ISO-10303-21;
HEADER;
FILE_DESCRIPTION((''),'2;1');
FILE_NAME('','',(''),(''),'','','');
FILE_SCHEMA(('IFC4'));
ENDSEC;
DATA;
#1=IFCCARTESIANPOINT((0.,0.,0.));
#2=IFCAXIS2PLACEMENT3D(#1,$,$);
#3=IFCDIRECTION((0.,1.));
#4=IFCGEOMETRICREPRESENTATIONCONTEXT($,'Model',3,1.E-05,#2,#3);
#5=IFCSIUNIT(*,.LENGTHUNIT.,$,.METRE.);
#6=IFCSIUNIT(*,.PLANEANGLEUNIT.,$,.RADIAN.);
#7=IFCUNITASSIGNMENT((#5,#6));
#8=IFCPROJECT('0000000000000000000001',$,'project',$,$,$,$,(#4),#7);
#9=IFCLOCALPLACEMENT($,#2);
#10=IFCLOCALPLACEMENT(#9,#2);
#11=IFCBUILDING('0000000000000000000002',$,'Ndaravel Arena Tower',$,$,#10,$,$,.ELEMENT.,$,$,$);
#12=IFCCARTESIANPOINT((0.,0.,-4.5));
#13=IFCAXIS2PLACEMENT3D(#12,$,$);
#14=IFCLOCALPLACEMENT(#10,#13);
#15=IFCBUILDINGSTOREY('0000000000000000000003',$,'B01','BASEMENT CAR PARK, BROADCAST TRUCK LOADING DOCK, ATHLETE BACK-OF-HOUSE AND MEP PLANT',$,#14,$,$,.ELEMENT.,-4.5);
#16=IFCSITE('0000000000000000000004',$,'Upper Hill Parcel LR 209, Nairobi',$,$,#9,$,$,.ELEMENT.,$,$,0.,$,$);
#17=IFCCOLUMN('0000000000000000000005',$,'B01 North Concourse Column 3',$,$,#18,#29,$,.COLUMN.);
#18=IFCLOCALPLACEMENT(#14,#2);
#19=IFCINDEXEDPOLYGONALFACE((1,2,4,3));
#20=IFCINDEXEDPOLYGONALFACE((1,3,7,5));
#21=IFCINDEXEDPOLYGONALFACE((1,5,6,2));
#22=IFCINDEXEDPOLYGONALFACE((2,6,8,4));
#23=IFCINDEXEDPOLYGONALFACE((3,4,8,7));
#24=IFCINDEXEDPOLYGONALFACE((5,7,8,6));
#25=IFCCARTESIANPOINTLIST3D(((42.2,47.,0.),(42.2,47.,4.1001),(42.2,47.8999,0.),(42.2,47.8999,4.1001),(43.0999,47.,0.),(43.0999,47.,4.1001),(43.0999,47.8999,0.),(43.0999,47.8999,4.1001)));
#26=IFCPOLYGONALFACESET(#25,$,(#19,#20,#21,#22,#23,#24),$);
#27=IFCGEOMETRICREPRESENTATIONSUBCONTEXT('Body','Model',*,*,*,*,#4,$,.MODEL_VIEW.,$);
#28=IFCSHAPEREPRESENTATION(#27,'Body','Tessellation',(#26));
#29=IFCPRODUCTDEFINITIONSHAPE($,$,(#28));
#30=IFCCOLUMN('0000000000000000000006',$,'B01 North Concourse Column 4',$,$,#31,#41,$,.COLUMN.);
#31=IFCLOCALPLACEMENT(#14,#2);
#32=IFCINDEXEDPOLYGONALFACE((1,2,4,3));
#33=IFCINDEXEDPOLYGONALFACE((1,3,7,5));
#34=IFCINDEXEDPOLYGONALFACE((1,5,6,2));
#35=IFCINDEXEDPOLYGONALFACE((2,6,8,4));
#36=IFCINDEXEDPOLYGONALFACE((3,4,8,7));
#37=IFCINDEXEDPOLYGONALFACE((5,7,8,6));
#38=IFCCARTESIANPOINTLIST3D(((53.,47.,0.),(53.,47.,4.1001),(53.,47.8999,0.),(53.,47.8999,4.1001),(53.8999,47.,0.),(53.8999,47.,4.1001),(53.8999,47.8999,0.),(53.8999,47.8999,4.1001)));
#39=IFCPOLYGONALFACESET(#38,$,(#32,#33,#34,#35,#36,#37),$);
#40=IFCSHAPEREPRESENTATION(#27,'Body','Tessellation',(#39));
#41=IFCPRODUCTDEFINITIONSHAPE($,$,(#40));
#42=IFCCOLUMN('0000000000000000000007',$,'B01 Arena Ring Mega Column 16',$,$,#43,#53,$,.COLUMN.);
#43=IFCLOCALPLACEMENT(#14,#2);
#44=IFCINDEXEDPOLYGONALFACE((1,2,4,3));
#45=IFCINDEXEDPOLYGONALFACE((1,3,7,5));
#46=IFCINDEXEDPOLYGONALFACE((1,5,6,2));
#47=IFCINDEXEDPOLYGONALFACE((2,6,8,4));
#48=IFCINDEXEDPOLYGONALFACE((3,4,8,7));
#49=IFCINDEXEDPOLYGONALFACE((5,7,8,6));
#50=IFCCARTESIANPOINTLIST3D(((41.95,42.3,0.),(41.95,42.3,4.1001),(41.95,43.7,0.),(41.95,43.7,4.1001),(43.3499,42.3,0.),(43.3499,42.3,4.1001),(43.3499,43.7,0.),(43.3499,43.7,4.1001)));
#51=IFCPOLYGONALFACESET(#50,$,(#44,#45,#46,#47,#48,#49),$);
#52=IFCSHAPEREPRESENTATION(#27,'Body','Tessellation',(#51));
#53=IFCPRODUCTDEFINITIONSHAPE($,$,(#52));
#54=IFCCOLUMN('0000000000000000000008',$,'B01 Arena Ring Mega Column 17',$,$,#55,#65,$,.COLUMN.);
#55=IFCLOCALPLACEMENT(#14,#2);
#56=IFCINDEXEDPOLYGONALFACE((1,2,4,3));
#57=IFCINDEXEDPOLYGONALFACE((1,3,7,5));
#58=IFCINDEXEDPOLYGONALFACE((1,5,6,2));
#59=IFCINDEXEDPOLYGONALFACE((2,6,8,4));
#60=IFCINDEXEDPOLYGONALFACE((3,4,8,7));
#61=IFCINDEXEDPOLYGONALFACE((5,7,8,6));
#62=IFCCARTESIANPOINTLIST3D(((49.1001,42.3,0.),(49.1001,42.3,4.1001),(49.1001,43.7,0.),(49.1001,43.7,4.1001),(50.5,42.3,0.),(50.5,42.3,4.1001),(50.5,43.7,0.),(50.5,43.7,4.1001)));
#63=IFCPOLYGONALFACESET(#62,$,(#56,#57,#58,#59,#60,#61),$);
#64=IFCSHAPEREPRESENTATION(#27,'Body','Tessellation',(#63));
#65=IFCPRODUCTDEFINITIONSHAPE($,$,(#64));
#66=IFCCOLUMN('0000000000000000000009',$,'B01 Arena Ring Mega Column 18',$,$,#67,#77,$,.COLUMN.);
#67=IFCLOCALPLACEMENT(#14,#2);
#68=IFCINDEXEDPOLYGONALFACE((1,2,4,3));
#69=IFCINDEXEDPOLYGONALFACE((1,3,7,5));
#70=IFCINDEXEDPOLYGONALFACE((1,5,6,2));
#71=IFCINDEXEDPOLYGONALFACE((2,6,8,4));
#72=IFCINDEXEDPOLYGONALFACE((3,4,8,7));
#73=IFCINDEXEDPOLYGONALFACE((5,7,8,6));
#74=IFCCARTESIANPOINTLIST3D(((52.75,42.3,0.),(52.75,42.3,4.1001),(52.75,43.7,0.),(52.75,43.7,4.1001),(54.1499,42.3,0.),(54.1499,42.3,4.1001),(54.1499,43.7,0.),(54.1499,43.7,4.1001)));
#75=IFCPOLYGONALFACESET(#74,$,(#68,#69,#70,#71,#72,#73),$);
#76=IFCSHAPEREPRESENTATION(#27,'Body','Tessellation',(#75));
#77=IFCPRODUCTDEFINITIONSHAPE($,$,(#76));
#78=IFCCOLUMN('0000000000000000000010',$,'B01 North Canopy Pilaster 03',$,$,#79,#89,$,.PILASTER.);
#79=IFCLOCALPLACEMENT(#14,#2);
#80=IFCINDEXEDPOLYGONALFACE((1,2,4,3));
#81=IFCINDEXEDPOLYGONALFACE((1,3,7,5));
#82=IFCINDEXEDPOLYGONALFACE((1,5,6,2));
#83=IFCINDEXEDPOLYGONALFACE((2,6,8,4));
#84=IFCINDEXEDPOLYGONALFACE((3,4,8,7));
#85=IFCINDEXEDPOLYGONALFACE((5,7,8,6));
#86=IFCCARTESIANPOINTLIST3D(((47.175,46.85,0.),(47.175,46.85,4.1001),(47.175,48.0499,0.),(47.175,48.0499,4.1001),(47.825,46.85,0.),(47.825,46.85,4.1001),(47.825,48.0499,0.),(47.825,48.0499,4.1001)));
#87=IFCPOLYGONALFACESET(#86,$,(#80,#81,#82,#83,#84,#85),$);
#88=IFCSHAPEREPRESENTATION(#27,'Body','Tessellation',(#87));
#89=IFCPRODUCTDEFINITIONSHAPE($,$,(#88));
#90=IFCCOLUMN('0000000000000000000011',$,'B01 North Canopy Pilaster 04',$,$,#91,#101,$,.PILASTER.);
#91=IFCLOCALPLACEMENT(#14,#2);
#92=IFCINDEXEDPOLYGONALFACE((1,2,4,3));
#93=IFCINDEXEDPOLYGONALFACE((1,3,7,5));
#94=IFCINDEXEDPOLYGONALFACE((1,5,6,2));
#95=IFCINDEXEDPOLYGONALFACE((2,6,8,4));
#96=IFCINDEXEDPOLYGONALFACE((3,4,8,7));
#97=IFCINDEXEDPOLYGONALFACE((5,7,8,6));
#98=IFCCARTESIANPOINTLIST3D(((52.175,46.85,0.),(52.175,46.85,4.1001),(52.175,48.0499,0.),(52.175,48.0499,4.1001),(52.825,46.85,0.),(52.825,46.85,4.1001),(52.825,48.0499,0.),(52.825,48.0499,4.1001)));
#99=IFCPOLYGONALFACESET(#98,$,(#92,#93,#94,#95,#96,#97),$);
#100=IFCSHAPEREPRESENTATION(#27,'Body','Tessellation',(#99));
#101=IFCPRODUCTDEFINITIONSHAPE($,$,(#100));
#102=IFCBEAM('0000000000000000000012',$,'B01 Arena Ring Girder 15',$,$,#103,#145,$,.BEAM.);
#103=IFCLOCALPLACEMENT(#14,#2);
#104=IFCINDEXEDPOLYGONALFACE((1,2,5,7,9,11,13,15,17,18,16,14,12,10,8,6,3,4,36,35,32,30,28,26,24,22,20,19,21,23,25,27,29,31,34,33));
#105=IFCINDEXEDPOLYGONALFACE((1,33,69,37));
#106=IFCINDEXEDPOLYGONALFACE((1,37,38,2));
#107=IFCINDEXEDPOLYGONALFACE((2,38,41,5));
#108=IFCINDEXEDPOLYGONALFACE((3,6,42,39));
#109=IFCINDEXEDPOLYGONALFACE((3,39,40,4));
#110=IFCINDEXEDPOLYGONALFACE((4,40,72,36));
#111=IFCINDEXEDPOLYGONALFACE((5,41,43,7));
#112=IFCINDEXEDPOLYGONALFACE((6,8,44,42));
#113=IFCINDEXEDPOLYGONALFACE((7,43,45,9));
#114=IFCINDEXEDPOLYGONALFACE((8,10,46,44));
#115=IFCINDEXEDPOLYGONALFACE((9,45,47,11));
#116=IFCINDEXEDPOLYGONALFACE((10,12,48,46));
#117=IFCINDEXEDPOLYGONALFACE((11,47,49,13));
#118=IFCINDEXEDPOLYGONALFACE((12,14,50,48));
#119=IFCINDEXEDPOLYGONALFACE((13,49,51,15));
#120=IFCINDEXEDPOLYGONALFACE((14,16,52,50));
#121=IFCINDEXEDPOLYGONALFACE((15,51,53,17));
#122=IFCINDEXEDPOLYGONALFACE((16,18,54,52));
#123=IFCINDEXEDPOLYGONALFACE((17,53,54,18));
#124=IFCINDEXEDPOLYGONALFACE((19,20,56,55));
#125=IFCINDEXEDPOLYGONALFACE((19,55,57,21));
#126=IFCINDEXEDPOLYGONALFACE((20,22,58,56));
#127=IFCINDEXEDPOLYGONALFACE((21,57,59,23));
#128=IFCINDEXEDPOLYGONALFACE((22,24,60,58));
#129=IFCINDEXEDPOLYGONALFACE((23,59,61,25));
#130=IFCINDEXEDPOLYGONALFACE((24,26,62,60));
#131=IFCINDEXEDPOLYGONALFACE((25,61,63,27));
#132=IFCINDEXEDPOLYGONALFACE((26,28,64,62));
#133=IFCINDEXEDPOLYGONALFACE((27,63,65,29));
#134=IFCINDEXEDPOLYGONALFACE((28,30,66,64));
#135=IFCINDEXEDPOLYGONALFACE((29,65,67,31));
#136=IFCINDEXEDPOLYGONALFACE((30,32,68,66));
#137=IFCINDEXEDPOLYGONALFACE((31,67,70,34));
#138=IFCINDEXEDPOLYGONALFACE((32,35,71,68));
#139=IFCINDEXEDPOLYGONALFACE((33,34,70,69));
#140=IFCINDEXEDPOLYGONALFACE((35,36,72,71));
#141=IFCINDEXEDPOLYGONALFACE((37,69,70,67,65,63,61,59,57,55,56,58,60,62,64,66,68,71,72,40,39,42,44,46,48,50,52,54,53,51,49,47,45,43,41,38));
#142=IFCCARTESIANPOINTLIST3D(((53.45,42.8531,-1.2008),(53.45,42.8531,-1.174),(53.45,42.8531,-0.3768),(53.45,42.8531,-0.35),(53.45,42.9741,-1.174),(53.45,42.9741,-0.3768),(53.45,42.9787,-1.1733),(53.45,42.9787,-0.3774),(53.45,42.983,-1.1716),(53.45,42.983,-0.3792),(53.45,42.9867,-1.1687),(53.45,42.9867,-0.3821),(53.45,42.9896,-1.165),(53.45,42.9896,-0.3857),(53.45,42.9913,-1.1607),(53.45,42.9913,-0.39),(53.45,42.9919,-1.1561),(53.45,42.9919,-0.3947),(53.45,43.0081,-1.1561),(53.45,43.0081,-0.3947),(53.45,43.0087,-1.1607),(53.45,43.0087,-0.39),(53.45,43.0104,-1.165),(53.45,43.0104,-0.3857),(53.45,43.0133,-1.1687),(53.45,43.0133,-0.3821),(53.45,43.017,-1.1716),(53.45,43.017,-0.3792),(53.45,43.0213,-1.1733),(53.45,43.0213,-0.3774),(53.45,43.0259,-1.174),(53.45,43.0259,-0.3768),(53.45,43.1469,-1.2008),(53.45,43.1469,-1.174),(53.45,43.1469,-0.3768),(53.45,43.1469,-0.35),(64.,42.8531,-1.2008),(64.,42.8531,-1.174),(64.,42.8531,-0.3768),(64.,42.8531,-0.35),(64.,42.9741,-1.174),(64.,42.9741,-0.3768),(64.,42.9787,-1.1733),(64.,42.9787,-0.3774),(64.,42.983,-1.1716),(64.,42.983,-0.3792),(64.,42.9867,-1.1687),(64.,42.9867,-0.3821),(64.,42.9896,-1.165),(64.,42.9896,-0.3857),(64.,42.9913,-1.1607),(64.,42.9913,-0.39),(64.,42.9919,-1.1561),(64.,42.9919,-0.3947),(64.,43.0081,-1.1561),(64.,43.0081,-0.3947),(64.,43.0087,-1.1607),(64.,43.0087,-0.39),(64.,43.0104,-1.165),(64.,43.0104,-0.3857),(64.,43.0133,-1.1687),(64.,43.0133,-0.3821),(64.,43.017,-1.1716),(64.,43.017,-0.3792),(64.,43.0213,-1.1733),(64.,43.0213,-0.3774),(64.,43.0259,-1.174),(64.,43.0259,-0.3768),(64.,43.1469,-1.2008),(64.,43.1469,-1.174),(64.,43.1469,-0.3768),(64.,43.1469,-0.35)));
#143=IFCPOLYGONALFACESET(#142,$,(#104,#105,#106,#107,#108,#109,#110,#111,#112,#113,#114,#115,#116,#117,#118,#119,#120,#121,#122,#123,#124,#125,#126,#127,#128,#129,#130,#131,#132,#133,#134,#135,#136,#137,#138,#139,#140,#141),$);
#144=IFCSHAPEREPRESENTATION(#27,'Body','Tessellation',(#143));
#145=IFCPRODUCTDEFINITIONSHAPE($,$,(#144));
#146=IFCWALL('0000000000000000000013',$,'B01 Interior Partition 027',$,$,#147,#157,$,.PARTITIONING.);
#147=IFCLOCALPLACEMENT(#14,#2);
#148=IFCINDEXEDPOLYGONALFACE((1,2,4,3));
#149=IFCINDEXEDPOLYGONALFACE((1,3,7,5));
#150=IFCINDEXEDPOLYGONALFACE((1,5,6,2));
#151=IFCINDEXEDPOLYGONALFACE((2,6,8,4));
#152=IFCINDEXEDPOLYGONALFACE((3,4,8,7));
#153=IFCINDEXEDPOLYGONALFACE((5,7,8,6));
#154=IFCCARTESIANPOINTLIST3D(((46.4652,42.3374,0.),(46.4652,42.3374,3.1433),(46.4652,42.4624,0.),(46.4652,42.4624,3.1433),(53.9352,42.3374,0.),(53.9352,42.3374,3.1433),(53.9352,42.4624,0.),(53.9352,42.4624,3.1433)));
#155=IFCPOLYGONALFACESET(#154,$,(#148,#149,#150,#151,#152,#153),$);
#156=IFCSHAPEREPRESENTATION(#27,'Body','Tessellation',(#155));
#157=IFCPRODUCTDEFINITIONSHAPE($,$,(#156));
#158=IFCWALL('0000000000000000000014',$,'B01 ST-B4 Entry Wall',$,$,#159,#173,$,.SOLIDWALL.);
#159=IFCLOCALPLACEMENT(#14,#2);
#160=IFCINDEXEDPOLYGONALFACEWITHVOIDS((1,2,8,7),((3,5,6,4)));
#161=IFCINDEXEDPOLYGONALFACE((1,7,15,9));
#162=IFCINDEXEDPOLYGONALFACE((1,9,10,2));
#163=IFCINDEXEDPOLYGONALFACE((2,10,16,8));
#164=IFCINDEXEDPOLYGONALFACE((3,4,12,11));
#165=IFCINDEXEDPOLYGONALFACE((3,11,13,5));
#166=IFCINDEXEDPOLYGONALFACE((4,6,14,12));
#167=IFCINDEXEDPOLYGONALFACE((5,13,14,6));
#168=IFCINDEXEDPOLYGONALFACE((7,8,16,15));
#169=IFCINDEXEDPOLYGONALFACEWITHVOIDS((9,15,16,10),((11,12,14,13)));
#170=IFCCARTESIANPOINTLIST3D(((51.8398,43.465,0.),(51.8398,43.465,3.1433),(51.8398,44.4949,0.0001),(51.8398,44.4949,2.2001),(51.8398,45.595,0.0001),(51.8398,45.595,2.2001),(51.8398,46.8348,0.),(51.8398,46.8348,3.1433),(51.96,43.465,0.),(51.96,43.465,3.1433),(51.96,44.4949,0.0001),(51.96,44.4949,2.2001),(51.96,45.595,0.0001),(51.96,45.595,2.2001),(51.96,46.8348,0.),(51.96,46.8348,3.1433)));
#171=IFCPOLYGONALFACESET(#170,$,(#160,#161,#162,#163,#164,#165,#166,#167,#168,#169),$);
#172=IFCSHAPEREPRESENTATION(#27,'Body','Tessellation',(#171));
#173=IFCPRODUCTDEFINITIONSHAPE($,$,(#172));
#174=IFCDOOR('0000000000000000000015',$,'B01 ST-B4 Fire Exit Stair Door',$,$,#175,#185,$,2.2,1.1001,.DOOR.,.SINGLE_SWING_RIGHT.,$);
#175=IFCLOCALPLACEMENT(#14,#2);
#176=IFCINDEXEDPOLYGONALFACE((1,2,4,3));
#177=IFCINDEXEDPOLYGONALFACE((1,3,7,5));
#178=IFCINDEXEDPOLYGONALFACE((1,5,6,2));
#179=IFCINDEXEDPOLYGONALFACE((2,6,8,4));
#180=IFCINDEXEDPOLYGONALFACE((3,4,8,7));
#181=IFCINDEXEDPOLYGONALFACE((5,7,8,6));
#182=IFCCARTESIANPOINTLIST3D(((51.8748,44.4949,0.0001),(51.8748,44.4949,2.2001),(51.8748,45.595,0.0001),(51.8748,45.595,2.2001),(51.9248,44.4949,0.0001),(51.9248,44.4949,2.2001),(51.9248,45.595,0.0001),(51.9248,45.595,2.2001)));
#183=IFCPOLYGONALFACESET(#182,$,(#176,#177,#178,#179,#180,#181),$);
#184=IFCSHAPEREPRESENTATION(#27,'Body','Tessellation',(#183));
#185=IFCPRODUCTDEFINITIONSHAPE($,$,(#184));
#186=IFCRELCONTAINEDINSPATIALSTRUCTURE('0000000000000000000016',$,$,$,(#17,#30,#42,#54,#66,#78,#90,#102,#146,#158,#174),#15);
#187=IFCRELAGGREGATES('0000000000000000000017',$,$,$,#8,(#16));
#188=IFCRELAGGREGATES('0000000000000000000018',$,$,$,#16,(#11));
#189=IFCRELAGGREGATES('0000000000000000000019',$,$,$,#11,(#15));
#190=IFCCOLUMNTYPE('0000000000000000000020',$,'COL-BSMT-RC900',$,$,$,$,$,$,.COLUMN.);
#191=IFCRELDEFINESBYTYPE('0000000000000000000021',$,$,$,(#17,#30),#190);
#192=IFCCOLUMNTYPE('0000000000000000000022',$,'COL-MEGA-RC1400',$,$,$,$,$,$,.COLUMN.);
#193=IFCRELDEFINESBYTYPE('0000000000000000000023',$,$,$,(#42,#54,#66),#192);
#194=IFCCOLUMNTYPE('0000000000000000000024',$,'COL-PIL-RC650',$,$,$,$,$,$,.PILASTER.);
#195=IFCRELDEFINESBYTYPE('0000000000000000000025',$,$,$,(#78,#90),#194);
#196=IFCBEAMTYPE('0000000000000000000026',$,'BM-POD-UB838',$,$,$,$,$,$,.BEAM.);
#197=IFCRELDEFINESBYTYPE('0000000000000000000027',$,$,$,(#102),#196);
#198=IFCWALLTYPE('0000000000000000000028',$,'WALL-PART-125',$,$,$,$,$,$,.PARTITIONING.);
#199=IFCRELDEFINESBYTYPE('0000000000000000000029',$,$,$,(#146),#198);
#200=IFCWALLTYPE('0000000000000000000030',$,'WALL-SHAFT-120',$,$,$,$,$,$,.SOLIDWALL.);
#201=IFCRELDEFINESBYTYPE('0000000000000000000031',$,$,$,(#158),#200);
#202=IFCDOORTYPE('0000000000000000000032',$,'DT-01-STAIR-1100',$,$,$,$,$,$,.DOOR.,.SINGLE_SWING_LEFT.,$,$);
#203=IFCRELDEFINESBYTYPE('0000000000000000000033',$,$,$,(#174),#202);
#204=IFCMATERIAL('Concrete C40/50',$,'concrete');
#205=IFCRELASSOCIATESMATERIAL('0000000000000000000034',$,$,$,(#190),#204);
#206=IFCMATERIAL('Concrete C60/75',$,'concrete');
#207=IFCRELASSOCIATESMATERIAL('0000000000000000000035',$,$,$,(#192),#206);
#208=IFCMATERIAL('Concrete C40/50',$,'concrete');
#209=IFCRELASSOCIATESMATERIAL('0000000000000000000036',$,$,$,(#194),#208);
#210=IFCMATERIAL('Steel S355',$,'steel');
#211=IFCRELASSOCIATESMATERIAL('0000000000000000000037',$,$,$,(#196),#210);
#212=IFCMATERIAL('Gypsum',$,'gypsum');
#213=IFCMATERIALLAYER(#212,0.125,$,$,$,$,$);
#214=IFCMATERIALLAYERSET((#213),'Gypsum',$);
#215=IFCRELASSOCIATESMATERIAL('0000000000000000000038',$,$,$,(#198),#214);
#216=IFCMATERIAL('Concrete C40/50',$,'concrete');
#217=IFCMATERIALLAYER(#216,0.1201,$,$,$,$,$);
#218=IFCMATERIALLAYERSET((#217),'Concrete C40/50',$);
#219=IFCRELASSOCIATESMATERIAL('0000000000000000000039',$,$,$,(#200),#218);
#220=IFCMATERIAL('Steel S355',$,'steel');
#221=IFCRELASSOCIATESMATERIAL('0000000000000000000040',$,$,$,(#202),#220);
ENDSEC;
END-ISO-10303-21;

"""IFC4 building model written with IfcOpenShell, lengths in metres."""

from ifc_helpers import new_model, si_unit, direction, frame, frame_2d, origin, origin_2d, place, context, subcontext, project, spatial, rectangle, i_section, extrude, material, layer, layer_set, material_profile, profile_set, type_object, element, fill, save


model = new_model("IFC4")

# Units and contexts
model_context = context("Model", 3, precision=1e-05, world=origin(), true_north=direction((0.0, 1.0)))
body_context = subcontext(model_context, "Body", "Model", "MODEL_VIEW")
ifc_project = project(units=[si_unit("LENGTHUNIT", "METRE"), si_unit("PLANEANGLEUNIT", "RADIAN")], contexts=[model_context])

# Site, building, storey
site_placement = place(None, origin())
site = spatial("IfcSite", under=ifc_project, at=site_placement, Name="Upper Hill Parcel LR 209, Nairobi", CompositionType="ELEMENT", RefElevation=0.0)
building_placement = place(site_placement, origin())
building = spatial("IfcBuilding", under=site, at=building_placement, Name="Ndaravel Arena Tower", CompositionType="ELEMENT")
storey_placement = place(building_placement, frame((0.0, 0.0, -4.5)))
storey = spatial("IfcBuildingStorey", under=building, at=storey_placement, Name="B01", Description="BASEMENT CAR PARK, BROADCAST TRUCK LOADING DOCK, ATHLETE BACK-OF-HOUSE AND MEP PLANT", CompositionType="ELEMENT", Elevation=-4.5)

# Columns
ifc_material_1 = material(Name="Concrete C40/50", Category="concrete")
ifc_material_profile_1 = material_profile(ifc_material_1, rectangle(XDim=0.8999, YDim=0.8999, at=origin_2d()), Name="RC 900x900")
ifc_profile_set_1 = profile_set([ifc_material_profile_1], Name="Concrete C40/50")
column_type_1 = type_object("IfcColumnType", Name="COL-BSMT-RC900", PredefinedType="COLUMN", material=ifc_profile_set_1)
for number, where, z_axis, x_axis, name in (
    (1, (42.6499, 47.45, 0.0), (0.0, 0.0, 1.0), (1.0, 0.0, 0.0), "B01 North Concourse Column 3"),
    (2, (53.45, 47.45, 0.0), (0.0, 0.0, 1.0), (1.0, 0.0, 0.0), "B01 North Concourse Column 4"),
):
    element("IfcColumn", number, at=place(storey_placement, frame(where, z_axis=z_axis, x_axis=x_axis)), inside=storey, type_object=column_type_1, Name=name, PredefinedType="COLUMN", context=body_context, shape_type="SweptSolid", body=[
        extrude(rectangle(XDim=0.8999, YDim=0.8999, at=origin_2d()), origin(), (0.0, 0.0, 1.0), 4.1001),
    ])
ifc_material_2 = material(Name="Concrete C60/75", Category="concrete")
ifc_material_profile_2 = material_profile(ifc_material_2, rectangle(XDim=1.3999, YDim=1.3999, at=origin_2d()), Name="RC 1400x1400")
ifc_profile_set_2 = profile_set([ifc_material_profile_2], Name="Concrete C60/75")
column_type_2 = type_object("IfcColumnType", Name="COL-MEGA-RC1400", PredefinedType="COLUMN", material=ifc_profile_set_2)
for number, where, z_axis, x_axis, name in (
    (3, (42.6499, 43.0, 0.0), (0.0, 0.0, 1.0), (1.0, 0.0, 0.0), "B01 Arena Ring Mega Column 16"),
    (4, (49.8, 43.0, 0.0), (0.0, 0.0, 1.0), (1.0, 0.0, 0.0), "B01 Arena Ring Mega Column 17"),
    (5, (53.45, 43.0, 0.0), (0.0, 0.0, 1.0), (1.0, 0.0, 0.0), "B01 Arena Ring Mega Column 18"),
):
    element("IfcColumn", number, at=place(storey_placement, frame(where, z_axis=z_axis, x_axis=x_axis)), inside=storey, type_object=column_type_2, Name=name, PredefinedType="COLUMN", context=body_context, shape_type="SweptSolid", body=[
        extrude(rectangle(XDim=1.3999, YDim=1.3999, at=origin_2d()), origin(), (0.0, 0.0, 1.0), 4.1001),
    ])
ifc_material_3 = material(Name="Concrete C40/50", Category="concrete")
ifc_material_profile_3 = material_profile(ifc_material_3, rectangle(XDim=0.6499, YDim=1.2, at=origin_2d()), Name="RC 650x1200")
ifc_profile_set_3 = profile_set([ifc_material_profile_3], Name="Concrete C40/50")
column_type_3 = type_object("IfcColumnType", Name="COL-PIL-RC650", PredefinedType="PILASTER", material=ifc_profile_set_3)
for number, where, z_axis, x_axis, name in (
    (6, (47.5, 47.45, 0.0), (0.0, 0.0, 1.0), (1.0, 0.0, 0.0), "B01 North Canopy Pilaster 03"),
    (7, (52.5, 47.45, 0.0), (0.0, 0.0, 1.0), (1.0, 0.0, 0.0), "B01 North Canopy Pilaster 04"),
):
    element("IfcColumn", number, at=place(storey_placement, frame(where, z_axis=z_axis, x_axis=x_axis)), inside=storey, type_object=column_type_3, Name=name, PredefinedType="PILASTER", context=body_context, shape_type="SweptSolid", body=[
        extrude(rectangle(XDim=0.6499, YDim=1.2, at=origin_2d()), origin(), (0.0, 0.0, 1.0), 4.1001),
    ])

# Beam
ifc_material_4 = material(Name="Steel S355", Category="steel")
ifc_material_profile_4 = material_profile(ifc_material_4, i_section(OverallWidth=0.2937, OverallDepth=0.8508, WebThickness=0.0161, FlangeThickness=0.0269, FilletRadius=0.0178, at=origin_2d()), Name="UB 838x292x226")
ifc_profile_set_4 = profile_set([ifc_material_profile_4], Name="Steel S355")
beam_type = type_object("IfcBeamType", Name="BM-POD-UB838", PredefinedType="BEAM", material=ifc_profile_set_4)
beam_placement = place(storey_placement, frame((53.45, 43.0, -0.7754), z_axis=(1.0, 0.0, 0.0), x_axis=(0.0, 1.0, 0.0)))
element("IfcBeam", 8, at=beam_placement, inside=storey, type_object=beam_type, Name="B01 Arena Ring Girder 15", PredefinedType="BEAM", context=body_context, shape_type="SweptSolid", body=[
    extrude(i_section(OverallWidth=0.2937, OverallDepth=0.8508, WebThickness=0.0161, FlangeThickness=0.0269, FilletRadius=0.0178, at=origin_2d()), origin(), (0.0, 0.0, 1.0), 10.55),
])

# Wall
ifc_material_5 = material(Name="Gypsum", Category="gypsum")
ifc_layer_1 = layer(ifc_material_5, 0.125)
ifc_layer_set_1 = layer_set([ifc_layer_1], Name="Gypsum")
wall_type_1 = type_object("IfcWallType", Name="WALL-PART-125", PredefinedType="PARTITIONING", material=ifc_layer_set_1)
wall_1_placement = place(storey_placement, frame((53.9351, 42.3999, 0.0), z_axis=(0.0, 0.0, 1.0), x_axis=(-1.0, 0.0, 0.0)))
element("IfcWall", 9, at=wall_1_placement, inside=storey, type_object=wall_type_1, Name="B01 Interior Partition 027", PredefinedType="PARTITIONING", context=body_context, shape_type="SweptSolid", body=[
    extrude(rectangle(XDim=7.47, YDim=0.125, at=frame_2d((3.7349, 0.0))), origin(), (0.0, 0.0, 1.0), 3.1433),
])

# Wall, opening, door
ifc_material_6 = material(Name="Concrete C40/50", Category="concrete")
ifc_layer_2 = layer(ifc_material_6, 0.1201)
ifc_layer_set_2 = layer_set([ifc_layer_2], Name="Concrete C40/50")
wall_type_2 = type_object("IfcWallType", Name="WALL-SHAFT-120", PredefinedType="SOLIDWALL", material=ifc_layer_set_2)
wall_2_placement = place(storey_placement, frame((51.8999, 46.835, 0.0), z_axis=(0.0, 0.0, 1.0), x_axis=(0.0, -1.0, 0.0)))
wall_2 = element("IfcWall", 10, at=wall_2_placement, inside=storey, type_object=wall_type_2, Name="B01 ST-B4 Entry Wall", PredefinedType="SOLIDWALL", context=body_context, shape_type="SweptSolid", body=[
    extrude(rectangle(XDim=3.3699, YDim=0.1201, at=frame_2d((1.6851, 0.0))), origin(), (0.0, 0.0, 1.0), 3.1433),
])
opening_placement = place(wall_2_placement, frame((1.24, 0.0, 0.0)))
opening = element("IfcOpeningElement", 11, at=opening_placement, cuts=wall_2, PredefinedType="OPENING", context=body_context, shape_type="SweptSolid", body=[
    extrude(rectangle(XDim=1.1001, YDim=2.2, at=frame_2d((0.55, 1.1001))), frame((0.0, 0.0601, 0.0), z_axis=(0.0, -1.0, 0.0), x_axis=(1.0, 0.0, 0.0)), (0.0, 0.0, 1.0), 0.1201),
])
ifc_material_7 = material(Name="Steel S355", Category="steel")
door_type = type_object("IfcDoorType", Name="DT-01-STAIR-1100", OperationType="SINGLE_SWING_LEFT", PredefinedType="DOOR", material=ifc_material_7)
door_placement = place(opening_placement, origin())
door = element("IfcDoor", 12, at=door_placement, inside=storey, type_object=door_type, Name="B01 ST-B4 Fire Exit Stair Door", OperationType="SINGLE_SWING_RIGHT", OverallHeight=2.2, OverallWidth=1.1001, PredefinedType="DOOR", context=body_context, shape_type="SweptSolid", body=[
    extrude(rectangle(XDim=1.1001, YDim=2.2, at=frame_2d((0.55, 1.1001))), frame((0.0, 0.0249, 0.0), z_axis=(0.0, -1.0, 0.0), x_axis=(1.0, 0.0, 0.0)), (0.0, 0.0, 1.0), 0.05),
])
fill(opening, door)

save(model, "model.ifc")
